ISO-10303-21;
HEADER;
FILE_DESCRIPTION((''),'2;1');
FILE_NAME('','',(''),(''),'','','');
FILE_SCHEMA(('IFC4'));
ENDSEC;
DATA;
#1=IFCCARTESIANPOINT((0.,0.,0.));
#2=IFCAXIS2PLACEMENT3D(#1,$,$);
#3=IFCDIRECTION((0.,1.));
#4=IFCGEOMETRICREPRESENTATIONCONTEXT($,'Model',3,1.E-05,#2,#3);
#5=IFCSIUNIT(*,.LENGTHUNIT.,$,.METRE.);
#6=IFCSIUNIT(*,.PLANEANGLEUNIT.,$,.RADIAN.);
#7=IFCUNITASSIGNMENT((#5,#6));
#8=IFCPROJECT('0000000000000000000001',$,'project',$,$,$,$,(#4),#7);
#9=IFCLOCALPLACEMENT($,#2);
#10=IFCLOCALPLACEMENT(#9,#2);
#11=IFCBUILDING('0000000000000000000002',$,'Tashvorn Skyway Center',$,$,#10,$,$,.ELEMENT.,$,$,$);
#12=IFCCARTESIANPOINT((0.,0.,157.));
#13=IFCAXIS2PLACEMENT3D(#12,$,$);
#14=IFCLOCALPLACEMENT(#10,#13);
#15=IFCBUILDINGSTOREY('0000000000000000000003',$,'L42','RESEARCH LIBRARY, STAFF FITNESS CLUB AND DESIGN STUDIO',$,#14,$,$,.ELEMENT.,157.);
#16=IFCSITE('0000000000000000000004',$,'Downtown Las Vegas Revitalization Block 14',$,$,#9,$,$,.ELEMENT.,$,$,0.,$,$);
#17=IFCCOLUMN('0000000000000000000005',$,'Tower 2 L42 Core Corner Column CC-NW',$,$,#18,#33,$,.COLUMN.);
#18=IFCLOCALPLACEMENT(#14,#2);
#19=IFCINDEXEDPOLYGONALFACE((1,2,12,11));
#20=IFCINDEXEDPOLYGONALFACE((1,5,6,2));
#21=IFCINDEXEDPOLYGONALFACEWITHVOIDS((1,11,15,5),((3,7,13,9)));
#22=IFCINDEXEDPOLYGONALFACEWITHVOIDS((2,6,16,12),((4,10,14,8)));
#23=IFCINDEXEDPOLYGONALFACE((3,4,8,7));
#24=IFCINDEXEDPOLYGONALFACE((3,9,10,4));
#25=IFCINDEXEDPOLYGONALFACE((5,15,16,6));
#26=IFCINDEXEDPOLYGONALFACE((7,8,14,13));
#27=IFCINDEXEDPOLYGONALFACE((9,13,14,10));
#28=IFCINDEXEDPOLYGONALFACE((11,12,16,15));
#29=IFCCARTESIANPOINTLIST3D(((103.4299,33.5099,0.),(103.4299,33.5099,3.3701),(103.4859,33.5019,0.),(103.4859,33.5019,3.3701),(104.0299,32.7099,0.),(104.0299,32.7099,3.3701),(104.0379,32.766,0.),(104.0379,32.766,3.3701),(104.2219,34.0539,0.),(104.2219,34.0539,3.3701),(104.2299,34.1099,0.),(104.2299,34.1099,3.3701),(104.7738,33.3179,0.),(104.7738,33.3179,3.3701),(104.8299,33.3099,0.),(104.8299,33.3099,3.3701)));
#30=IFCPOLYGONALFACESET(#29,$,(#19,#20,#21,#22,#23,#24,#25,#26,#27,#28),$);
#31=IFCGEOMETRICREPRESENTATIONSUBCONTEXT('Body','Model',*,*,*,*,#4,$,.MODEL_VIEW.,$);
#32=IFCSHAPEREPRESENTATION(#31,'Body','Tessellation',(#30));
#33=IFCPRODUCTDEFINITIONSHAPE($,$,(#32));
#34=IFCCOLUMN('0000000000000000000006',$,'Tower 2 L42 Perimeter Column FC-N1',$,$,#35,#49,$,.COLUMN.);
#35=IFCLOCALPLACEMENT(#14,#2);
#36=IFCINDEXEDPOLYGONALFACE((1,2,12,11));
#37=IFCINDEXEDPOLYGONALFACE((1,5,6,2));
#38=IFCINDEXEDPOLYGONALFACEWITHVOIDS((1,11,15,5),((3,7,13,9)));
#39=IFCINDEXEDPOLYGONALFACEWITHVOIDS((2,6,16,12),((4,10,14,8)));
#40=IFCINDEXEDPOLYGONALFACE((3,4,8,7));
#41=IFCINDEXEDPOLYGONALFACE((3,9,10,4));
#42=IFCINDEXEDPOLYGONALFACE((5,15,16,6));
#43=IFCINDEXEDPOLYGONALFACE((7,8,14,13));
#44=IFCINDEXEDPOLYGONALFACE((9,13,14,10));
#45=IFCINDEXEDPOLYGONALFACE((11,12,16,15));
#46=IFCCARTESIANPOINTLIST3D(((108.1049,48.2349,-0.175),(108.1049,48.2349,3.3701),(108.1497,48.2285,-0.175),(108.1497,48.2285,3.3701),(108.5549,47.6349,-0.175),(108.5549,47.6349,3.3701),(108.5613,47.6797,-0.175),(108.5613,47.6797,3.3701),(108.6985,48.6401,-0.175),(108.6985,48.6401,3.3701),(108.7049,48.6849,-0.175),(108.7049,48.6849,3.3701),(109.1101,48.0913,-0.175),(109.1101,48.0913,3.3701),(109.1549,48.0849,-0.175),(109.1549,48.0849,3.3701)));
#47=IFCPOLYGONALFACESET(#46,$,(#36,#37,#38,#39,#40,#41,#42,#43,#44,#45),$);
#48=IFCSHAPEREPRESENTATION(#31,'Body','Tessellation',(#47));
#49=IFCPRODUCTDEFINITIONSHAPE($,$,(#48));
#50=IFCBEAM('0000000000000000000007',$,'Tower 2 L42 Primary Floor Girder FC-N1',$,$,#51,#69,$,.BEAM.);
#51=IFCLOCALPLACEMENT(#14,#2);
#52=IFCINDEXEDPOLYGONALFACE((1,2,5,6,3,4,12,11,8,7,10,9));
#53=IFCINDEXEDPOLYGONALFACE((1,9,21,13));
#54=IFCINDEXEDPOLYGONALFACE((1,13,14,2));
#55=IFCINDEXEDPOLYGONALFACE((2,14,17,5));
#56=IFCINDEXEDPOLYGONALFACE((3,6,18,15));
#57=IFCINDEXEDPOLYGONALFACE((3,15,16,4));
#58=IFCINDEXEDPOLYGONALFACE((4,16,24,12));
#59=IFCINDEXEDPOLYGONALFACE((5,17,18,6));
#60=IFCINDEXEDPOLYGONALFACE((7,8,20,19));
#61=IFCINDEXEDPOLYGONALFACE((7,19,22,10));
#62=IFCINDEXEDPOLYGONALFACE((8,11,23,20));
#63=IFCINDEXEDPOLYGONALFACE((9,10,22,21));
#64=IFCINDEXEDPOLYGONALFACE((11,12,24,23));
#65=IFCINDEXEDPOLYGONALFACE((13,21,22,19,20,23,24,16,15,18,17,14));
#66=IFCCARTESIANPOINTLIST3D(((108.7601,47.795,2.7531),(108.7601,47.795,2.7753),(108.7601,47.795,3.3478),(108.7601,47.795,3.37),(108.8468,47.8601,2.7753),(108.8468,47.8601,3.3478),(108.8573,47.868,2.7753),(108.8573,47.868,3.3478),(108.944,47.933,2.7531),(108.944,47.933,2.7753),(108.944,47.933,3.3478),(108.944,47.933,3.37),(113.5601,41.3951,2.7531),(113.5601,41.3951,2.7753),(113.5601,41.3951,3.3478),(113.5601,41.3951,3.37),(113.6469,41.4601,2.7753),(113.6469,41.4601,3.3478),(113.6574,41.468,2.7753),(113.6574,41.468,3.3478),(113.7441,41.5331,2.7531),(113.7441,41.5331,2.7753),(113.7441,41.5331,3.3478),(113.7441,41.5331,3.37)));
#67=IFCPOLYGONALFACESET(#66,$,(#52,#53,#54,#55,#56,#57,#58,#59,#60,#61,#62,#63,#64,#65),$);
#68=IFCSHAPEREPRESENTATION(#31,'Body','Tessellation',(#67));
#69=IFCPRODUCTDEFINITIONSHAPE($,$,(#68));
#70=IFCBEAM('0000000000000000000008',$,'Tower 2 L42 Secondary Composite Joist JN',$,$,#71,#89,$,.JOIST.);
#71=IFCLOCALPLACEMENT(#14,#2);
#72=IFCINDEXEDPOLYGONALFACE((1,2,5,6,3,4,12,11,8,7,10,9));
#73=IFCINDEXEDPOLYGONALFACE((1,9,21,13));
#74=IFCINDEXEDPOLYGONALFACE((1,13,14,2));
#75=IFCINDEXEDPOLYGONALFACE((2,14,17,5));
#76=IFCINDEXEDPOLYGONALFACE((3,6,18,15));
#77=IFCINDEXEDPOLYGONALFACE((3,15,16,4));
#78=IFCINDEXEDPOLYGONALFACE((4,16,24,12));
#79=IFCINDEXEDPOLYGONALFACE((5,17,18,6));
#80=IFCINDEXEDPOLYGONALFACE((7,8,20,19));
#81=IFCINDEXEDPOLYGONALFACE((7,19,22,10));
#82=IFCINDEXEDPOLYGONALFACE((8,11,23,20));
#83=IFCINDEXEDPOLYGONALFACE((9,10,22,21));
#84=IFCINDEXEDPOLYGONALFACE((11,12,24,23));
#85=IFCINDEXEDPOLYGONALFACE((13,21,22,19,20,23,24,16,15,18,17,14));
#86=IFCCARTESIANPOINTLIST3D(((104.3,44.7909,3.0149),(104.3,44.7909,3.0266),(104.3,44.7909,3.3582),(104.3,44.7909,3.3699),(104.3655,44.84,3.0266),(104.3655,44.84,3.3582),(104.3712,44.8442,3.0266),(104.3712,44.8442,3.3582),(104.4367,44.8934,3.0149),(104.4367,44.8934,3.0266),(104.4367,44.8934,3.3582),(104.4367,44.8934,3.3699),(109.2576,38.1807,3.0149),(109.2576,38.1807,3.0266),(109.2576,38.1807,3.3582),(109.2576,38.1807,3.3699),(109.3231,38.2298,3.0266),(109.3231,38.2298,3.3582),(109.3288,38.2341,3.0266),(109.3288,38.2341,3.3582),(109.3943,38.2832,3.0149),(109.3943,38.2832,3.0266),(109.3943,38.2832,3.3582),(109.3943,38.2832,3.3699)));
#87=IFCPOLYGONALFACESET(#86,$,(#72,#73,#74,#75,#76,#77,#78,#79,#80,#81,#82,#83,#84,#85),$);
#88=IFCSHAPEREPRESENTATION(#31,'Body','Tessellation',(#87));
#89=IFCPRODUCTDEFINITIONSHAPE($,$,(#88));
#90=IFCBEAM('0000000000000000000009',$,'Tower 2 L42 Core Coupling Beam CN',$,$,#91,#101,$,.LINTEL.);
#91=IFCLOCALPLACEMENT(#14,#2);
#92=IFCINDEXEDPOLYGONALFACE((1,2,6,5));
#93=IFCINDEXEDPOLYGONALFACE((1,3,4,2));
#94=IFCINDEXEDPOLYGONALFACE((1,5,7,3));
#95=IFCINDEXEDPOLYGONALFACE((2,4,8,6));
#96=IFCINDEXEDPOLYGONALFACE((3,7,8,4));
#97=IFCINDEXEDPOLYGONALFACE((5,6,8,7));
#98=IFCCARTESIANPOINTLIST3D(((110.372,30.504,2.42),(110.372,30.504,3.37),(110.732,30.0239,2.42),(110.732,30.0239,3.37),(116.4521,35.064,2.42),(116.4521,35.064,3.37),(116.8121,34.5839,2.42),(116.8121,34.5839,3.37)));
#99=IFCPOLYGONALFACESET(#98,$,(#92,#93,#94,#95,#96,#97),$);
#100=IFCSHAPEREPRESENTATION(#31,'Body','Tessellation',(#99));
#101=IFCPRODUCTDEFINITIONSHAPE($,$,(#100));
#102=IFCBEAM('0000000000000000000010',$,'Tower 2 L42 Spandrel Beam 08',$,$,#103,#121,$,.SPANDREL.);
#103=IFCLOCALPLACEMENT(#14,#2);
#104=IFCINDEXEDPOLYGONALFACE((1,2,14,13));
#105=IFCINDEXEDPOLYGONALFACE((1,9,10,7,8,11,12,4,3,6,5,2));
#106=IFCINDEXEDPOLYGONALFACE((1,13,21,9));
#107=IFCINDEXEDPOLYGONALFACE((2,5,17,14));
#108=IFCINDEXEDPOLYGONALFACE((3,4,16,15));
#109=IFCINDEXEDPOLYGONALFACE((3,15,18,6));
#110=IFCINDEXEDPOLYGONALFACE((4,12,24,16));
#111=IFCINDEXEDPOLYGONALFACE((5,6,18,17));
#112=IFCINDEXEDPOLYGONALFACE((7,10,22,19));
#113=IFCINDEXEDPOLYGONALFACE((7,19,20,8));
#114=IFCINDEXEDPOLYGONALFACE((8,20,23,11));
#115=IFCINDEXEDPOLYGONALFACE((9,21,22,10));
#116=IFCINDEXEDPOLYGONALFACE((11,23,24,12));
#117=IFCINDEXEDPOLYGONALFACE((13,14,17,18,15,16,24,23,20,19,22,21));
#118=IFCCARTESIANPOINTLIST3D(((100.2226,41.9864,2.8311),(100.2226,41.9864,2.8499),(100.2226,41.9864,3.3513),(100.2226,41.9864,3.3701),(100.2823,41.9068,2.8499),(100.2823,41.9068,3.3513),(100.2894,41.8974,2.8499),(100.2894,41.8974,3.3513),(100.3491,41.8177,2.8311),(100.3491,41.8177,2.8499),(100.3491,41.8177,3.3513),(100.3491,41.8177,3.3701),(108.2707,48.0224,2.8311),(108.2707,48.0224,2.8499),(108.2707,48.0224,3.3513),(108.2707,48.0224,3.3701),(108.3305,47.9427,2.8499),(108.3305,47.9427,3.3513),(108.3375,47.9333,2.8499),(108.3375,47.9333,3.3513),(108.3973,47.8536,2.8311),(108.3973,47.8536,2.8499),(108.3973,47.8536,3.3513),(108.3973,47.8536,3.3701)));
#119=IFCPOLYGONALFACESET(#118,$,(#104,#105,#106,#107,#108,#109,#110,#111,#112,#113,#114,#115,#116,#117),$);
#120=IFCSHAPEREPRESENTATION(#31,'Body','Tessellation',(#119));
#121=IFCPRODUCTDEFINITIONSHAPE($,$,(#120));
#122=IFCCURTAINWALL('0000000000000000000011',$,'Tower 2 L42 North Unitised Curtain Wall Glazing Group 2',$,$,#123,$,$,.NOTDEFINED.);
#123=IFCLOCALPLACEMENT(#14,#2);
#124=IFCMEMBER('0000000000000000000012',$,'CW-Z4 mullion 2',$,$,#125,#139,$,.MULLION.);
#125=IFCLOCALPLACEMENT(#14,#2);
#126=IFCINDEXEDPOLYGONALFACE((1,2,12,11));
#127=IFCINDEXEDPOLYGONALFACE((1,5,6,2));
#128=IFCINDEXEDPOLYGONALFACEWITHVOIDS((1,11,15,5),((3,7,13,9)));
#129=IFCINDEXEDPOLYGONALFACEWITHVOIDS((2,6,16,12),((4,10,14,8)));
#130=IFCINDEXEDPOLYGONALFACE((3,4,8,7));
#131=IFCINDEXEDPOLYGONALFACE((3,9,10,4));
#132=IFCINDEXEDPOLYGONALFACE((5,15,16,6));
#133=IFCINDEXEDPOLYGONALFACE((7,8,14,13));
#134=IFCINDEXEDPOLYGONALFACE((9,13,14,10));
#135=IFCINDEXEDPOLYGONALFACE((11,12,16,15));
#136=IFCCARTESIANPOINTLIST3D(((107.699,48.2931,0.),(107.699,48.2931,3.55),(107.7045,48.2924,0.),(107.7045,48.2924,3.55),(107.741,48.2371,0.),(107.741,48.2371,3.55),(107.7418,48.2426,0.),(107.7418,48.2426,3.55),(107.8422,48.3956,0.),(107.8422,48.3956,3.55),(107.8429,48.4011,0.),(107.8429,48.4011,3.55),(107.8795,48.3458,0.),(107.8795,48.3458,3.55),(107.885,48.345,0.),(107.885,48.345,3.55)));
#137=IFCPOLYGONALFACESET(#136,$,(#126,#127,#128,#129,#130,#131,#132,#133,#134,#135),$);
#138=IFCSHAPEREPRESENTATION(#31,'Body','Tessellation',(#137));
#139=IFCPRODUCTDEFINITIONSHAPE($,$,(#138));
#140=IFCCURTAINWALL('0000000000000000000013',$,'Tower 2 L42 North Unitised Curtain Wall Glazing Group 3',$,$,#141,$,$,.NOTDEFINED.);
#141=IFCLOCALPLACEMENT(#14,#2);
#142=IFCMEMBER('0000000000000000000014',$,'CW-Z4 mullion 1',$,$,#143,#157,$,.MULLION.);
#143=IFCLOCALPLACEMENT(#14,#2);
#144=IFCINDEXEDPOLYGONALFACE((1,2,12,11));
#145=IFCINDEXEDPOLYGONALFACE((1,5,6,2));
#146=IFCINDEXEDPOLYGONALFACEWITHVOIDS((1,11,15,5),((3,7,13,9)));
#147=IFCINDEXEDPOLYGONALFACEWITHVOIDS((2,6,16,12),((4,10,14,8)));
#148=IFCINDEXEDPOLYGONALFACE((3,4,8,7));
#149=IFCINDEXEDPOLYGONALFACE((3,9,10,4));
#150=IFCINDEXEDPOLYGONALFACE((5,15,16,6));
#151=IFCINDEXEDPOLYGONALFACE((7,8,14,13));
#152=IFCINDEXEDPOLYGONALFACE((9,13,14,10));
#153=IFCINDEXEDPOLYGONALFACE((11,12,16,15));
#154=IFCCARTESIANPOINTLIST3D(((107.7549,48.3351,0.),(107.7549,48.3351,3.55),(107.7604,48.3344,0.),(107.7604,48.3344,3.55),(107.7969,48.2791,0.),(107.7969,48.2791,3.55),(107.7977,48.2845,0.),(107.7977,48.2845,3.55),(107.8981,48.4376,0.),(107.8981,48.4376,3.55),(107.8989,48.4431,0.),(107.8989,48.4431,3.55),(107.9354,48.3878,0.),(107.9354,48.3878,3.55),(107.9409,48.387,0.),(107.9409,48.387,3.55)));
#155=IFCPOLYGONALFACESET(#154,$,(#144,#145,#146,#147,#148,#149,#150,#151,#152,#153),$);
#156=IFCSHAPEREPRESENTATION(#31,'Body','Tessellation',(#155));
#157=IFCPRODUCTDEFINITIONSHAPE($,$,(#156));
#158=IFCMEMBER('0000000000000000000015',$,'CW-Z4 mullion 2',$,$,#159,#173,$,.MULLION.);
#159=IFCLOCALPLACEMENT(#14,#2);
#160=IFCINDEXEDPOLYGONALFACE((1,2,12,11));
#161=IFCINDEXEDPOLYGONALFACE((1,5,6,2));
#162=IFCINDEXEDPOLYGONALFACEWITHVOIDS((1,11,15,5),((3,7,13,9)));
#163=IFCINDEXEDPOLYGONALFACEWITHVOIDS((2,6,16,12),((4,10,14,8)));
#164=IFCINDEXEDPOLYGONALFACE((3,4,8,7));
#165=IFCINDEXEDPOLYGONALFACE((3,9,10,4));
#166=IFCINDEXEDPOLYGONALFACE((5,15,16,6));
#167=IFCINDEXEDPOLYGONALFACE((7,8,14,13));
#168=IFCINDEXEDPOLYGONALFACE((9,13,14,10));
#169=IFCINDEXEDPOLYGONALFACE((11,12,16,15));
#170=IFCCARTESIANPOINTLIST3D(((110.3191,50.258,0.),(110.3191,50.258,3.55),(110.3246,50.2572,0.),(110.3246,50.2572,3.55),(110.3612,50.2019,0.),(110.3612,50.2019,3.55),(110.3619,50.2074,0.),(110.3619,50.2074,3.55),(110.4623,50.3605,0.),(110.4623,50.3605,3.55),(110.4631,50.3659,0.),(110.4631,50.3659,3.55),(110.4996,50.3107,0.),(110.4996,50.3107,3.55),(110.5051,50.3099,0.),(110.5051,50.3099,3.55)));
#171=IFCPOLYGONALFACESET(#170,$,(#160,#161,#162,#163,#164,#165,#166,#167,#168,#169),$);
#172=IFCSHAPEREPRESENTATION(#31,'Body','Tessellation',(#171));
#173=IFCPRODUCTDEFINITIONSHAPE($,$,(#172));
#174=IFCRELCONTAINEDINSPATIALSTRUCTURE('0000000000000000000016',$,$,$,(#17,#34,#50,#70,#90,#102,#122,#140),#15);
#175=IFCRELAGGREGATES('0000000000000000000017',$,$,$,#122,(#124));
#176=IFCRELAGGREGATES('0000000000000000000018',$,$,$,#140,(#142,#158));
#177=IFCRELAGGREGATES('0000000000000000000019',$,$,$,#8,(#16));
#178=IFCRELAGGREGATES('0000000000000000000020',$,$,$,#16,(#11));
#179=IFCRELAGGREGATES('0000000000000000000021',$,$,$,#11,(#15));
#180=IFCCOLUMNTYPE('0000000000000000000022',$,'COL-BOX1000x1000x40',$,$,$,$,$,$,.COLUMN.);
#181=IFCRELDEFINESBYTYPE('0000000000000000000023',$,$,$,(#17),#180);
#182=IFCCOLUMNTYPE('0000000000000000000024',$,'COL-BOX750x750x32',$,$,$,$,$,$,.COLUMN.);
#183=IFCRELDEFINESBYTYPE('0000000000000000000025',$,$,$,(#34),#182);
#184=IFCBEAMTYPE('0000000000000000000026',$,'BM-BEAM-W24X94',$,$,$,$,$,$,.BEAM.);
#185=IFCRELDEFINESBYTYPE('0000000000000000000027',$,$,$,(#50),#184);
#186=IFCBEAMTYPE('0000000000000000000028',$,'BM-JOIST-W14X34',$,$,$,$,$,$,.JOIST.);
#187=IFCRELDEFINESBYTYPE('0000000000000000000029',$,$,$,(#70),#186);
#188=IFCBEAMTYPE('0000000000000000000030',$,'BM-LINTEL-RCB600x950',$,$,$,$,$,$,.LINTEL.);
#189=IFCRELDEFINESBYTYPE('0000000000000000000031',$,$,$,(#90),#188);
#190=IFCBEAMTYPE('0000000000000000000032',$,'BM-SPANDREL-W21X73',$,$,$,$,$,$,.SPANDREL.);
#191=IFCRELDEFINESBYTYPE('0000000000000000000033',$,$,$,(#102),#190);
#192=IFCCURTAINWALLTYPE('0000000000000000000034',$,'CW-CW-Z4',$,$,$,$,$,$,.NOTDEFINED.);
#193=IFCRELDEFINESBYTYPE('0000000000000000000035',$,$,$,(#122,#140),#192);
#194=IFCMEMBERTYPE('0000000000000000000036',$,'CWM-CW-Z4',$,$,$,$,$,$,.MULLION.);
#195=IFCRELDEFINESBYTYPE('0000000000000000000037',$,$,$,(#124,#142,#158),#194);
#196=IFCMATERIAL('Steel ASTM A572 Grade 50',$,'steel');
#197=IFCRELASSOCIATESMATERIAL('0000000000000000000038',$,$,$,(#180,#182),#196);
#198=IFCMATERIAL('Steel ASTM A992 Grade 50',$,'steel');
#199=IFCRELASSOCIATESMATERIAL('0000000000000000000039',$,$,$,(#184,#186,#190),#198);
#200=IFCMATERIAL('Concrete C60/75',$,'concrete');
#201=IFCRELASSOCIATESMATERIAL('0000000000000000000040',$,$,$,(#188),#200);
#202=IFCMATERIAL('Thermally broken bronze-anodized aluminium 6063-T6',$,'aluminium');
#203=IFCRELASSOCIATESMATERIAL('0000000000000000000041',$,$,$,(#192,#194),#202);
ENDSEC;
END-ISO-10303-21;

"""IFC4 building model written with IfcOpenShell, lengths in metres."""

from ifc_helpers import new_model, si_unit, direction, frame, origin, origin_2d, place, context, subcontext, project, spatial, rectangle, hollow_rectangle, i_section, extrude, material, material_profile, profile_set, type_object, element, aggregate, save


model = new_model("IFC4")

# Units and contexts
model_context = context("Model", 3, precision=1e-05, world=origin(), true_north=direction((0.0, 1.0)))
body_context = subcontext(model_context, "Body", "Model", "MODEL_VIEW")
ifc_project = project(units=[si_unit("LENGTHUNIT", "METRE"), si_unit("PLANEANGLEUNIT", "RADIAN")], contexts=[model_context])

# Site, building, storey
site_placement = place(None, origin())
site = spatial("IfcSite", under=ifc_project, at=site_placement, Name="Downtown Las Vegas Revitalization Block 14", CompositionType="ELEMENT", RefElevation=0.0)
building_placement = place(site_placement, origin())
building = spatial("IfcBuilding", under=site, at=building_placement, Name="Tashvorn Skyway Center", CompositionType="ELEMENT")
storey_placement = place(building_placement, frame((0.0, 0.0, 157.0)))
storey = spatial("IfcBuildingStorey", under=building, at=storey_placement, Name="L42", Description="RESEARCH LIBRARY, STAFF FITNESS CLUB AND DESIGN STUDIO", CompositionType="ELEMENT", Elevation=157.0)

# Columns
ifc_material_1 = material(Name="Steel ASTM A572 Grade 50", Category="steel")
ifc_material_profile_1 = material_profile(ifc_material_1, hollow_rectangle(XDim=1.0, YDim=1.0, WallThickness=0.04, at=origin_2d()), Name="BOX1000x1000x40")
ifc_profile_set_1 = profile_set([ifc_material_profile_1], Name="Steel ASTM A572 Grade 50")
column_type_1 = type_object("IfcColumnType", Name="COL-BOX1000x1000x40", PredefinedType="COLUMN", material=ifc_profile_set_1)
column_1_placement = place(storey_placement, frame((104.1299, 33.4099, 0.0), z_axis=(0.0, 0.0, 1.0), x_axis=(0.8, 0.6, 0.0)))
element("IfcColumn", 1, at=column_1_placement, inside=storey, type_object=column_type_1, Name="Tower 2 L42 Core Corner Column CC-NW", PredefinedType="COLUMN", context=body_context, shape_type="SweptSolid", body=[
    extrude(hollow_rectangle(XDim=1.0, YDim=1.0, WallThickness=0.04, at=origin_2d()), origin(), (0.0, 0.0, 1.0), 3.3701),
])
ifc_material_profile_2 = material_profile(ifc_material_1, hollow_rectangle(XDim=0.75, YDim=0.75, WallThickness=0.032, at=origin_2d()), Name="BOX750x750x32")
ifc_profile_set_2 = profile_set([ifc_material_profile_2], Name="Steel ASTM A572 Grade 50")
column_type_2 = type_object("IfcColumnType", Name="COL-BOX750x750x32", PredefinedType="COLUMN", material=ifc_profile_set_2)
column_2_placement = place(storey_placement, frame((108.6299, 48.1599, -0.175), z_axis=(0.0, 0.0, 1.0), x_axis=(0.8, 0.6, 0.0)))
element("IfcColumn", 2, at=column_2_placement, inside=storey, type_object=column_type_2, Name="Tower 2 L42 Perimeter Column FC-N1", PredefinedType="COLUMN", context=body_context, shape_type="SweptSolid", body=[
    extrude(hollow_rectangle(XDim=0.75, YDim=0.75, WallThickness=0.032, at=origin_2d()), origin(), (0.0, 0.0, 1.0), 3.5452),
])

# Beams
ifc_material_2 = material(Name="Steel ASTM A992 Grade 50", Category="steel")
ifc_material_profile_3 = material_profile(ifc_material_2, i_section(OverallWidth=0.23, OverallDepth=0.6169, WebThickness=0.0132, FlangeThickness=0.0222, at=origin_2d()), Name="W24X94")
ifc_profile_set_3 = profile_set([ifc_material_profile_3], Name="Steel ASTM A992 Grade 50")
beam_type_1 = type_object("IfcBeamType", Name="BM-BEAM-W24X94", PredefinedType="BEAM", material=ifc_profile_set_3)
beam_1_placement = place(storey_placement, frame((108.8521, 47.864, 3.0615), z_axis=(0.60001, -0.799993, 0.0), x_axis=(0.799993, 0.60001, 0.0)))
element("IfcBeam", 3, at=beam_1_placement, inside=storey, type_object=beam_type_1, Name="Tower 2 L42 Primary Floor Girder FC-N1", PredefinedType="BEAM", context=body_context, shape_type="SweptSolid", body=[
    extrude(i_section(OverallWidth=0.23, OverallDepth=0.6169, WebThickness=0.0132, FlangeThickness=0.0222, at=origin_2d()), origin(), (0.0, 0.0, 1.0), 8.0),
])
ifc_material_profile_4 = material_profile(ifc_material_2, i_section(OverallWidth=0.1709, OverallDepth=0.355, WebThickness=0.0071, FlangeThickness=0.0117, at=origin_2d()), Name="W14X34")
ifc_profile_set_4 = profile_set([ifc_material_profile_4], Name="Steel ASTM A992 Grade 50")
beam_type_2 = type_object("IfcBeamType", Name="BM-JOIST-W14X34", PredefinedType="JOIST", material=ifc_profile_set_4)
beam_2_placement = place(storey_placement, frame((109.3259, 38.2319, 3.1924), z_axis=(-0.599995, 0.800004, 0.0), x_axis=(-0.800004, -0.599995, 0.0)))
element("IfcBeam", 4, at=beam_2_placement, inside=storey, type_object=beam_type_2, Name="Tower 2 L42 Secondary Composite Joist JN", PredefinedType="JOIST", context=body_context, shape_type="SweptSolid", body=[
    extrude(i_section(OverallWidth=0.1709, OverallDepth=0.355, WebThickness=0.0071, FlangeThickness=0.0117, at=origin_2d()), origin(), (0.0, 0.0, 1.0), 8.2627),
])
ifc_material_3 = material(Name="Concrete C60/75", Category="concrete")
ifc_material_profile_5 = material_profile(ifc_material_3, rectangle(XDim=0.6001, YDim=0.95, at=origin_2d()), Name="RCB600x950")
ifc_profile_set_5 = profile_set([ifc_material_profile_5], Name="Concrete C60/75")
beam_type_3 = type_object("IfcBeamType", Name="BM-LINTEL-RCB600x950", PredefinedType="LINTEL", material=ifc_profile_set_5)
beam_3_placement = place(storey_placement, frame((110.552, 30.2639, 2.895), z_axis=(0.8, 0.6, 0.0), x_axis=(-0.6, 0.8, 0.0)))
element("IfcBeam", 5, at=beam_3_placement, inside=storey, type_object=beam_type_3, Name="Tower 2 L42 Core Coupling Beam CN", PredefinedType="LINTEL", context=body_context, shape_type="SweptSolid", body=[
    extrude(rectangle(XDim=0.6001, YDim=0.95, at=origin_2d()), origin(), (0.0, 0.0, 1.0), 7.6001),
])
ifc_material_profile_6 = material_profile(ifc_material_2, i_section(OverallWidth=0.2109, OverallDepth=0.5391, WebThickness=0.0117, FlangeThickness=0.0188, at=origin_2d()), Name="W21X73")
ifc_profile_set_6 = profile_set([ifc_material_profile_6], Name="Steel ASTM A992 Grade 50")
beam_type_4 = type_object("IfcBeamType", Name="BM-SPANDREL-W21X73", PredefinedType="SPANDREL", material=ifc_profile_set_6)
beam_4_placement = place(storey_placement, frame((108.334, 47.938, 3.1006), z_axis=(-0.800009, -0.599988, 0.0), x_axis=(0.599988, -0.800009, 0.0)))
element("IfcBeam", 6, at=beam_4_placement, inside=storey, type_object=beam_type_4, Name="Tower 2 L42 Spandrel Beam 08", PredefinedType="SPANDREL", context=body_context, shape_type="SweptSolid", body=[
    extrude(i_section(OverallWidth=0.2109, OverallDepth=0.5391, WebThickness=0.0117, FlangeThickness=0.0188, at=origin_2d()), origin(), (0.0, 0.0, 1.0), 10.0601),
])

# Curtain wall, member
ifc_material_4 = material(Name="Thermally broken bronze-anodized aluminium 6063-T6", Category="aluminium")
curtain_wall_type = type_object("IfcCurtainWallType", Name="CW-CW-Z4", PredefinedType="NOTDEFINED", material=ifc_material_4)
curtain_wall_1_placement = place(storey_placement, origin())
curtain_wall_1 = element("IfcCurtainWall", 7, at=curtain_wall_1_placement, inside=storey, type_object=curtain_wall_type, Name="Tower 2 L42 North Unitised Curtain Wall Glazing Group 2", PredefinedType="NOTDEFINED")
ifc_material_profile_7 = material_profile(ifc_material_4, hollow_rectangle(XDim=0.0701, YDim=0.1799, WallThickness=0.0039, at=origin_2d()), Name="ALU-MULL-70x180")
ifc_profile_set_7 = profile_set([ifc_material_profile_7], Name="Thermally broken bronze-anodized aluminium 6063-T6")
member_type_1 = type_object("IfcMemberType", Name="CWM-CW-Z4", PredefinedType="MULLION", material=ifc_profile_set_7)
member_1_placement = place(storey_placement, frame((107.792, 48.3191, 0.0), z_axis=(0.0, 0.0, 1.0), x_axis=(-0.6, 0.8, 0.0)))
member_1 = element("IfcMember", 8, at=member_1_placement, type_object=member_type_1, Name="CW-Z4 mullion 2", PredefinedType="MULLION", context=body_context, shape_type="SweptSolid", body=[
    extrude(hollow_rectangle(XDim=0.0701, YDim=0.1799, WallThickness=0.0039, at=origin_2d()), origin(), (0.0, 0.0, 1.0), 3.55),
])

# Curtain wall, members
curtain_wall_2_placement = place(storey_placement, origin())
curtain_wall_2 = element("IfcCurtainWall", 9, at=curtain_wall_2_placement, inside=storey, type_object=curtain_wall_type, Name="Tower 2 L42 North Unitised Curtain Wall Glazing Group 3", PredefinedType="NOTDEFINED")
member_2_placement = place(storey_placement, frame((107.8479, 48.3611, 0.0), z_axis=(0.0, 0.0, 1.0), x_axis=(-0.6, 0.8, 0.0)))
member_2 = element("IfcMember", 10, at=member_2_placement, type_object=member_type_1, Name="CW-Z4 mullion 1", PredefinedType="MULLION", context=body_context, shape_type="SweptSolid", body=[
    extrude(hollow_rectangle(XDim=0.0701, YDim=0.1799, WallThickness=0.0039, at=origin_2d()), origin(), (0.0, 0.0, 1.0), 3.55),
])
member_3_placement = place(storey_placement, frame((110.4121, 50.2839, 0.0), z_axis=(0.0, 0.0, 1.0), x_axis=(-0.6, 0.8, 0.0)))
member_3 = element("IfcMember", 11, at=member_3_placement, type_object=member_type_1, Name="CW-Z4 mullion 2", PredefinedType="MULLION", context=body_context, shape_type="SweptSolid", body=[
    extrude(hollow_rectangle(XDim=0.0701, YDim=0.1799, WallThickness=0.0039, at=origin_2d()), origin(), (0.0, 0.0, 1.0), 3.55),
])

aggregate(curtain_wall_1, [member_1])
aggregate(curtain_wall_2, [member_2, member_3])

save(model, "model.ifc")
